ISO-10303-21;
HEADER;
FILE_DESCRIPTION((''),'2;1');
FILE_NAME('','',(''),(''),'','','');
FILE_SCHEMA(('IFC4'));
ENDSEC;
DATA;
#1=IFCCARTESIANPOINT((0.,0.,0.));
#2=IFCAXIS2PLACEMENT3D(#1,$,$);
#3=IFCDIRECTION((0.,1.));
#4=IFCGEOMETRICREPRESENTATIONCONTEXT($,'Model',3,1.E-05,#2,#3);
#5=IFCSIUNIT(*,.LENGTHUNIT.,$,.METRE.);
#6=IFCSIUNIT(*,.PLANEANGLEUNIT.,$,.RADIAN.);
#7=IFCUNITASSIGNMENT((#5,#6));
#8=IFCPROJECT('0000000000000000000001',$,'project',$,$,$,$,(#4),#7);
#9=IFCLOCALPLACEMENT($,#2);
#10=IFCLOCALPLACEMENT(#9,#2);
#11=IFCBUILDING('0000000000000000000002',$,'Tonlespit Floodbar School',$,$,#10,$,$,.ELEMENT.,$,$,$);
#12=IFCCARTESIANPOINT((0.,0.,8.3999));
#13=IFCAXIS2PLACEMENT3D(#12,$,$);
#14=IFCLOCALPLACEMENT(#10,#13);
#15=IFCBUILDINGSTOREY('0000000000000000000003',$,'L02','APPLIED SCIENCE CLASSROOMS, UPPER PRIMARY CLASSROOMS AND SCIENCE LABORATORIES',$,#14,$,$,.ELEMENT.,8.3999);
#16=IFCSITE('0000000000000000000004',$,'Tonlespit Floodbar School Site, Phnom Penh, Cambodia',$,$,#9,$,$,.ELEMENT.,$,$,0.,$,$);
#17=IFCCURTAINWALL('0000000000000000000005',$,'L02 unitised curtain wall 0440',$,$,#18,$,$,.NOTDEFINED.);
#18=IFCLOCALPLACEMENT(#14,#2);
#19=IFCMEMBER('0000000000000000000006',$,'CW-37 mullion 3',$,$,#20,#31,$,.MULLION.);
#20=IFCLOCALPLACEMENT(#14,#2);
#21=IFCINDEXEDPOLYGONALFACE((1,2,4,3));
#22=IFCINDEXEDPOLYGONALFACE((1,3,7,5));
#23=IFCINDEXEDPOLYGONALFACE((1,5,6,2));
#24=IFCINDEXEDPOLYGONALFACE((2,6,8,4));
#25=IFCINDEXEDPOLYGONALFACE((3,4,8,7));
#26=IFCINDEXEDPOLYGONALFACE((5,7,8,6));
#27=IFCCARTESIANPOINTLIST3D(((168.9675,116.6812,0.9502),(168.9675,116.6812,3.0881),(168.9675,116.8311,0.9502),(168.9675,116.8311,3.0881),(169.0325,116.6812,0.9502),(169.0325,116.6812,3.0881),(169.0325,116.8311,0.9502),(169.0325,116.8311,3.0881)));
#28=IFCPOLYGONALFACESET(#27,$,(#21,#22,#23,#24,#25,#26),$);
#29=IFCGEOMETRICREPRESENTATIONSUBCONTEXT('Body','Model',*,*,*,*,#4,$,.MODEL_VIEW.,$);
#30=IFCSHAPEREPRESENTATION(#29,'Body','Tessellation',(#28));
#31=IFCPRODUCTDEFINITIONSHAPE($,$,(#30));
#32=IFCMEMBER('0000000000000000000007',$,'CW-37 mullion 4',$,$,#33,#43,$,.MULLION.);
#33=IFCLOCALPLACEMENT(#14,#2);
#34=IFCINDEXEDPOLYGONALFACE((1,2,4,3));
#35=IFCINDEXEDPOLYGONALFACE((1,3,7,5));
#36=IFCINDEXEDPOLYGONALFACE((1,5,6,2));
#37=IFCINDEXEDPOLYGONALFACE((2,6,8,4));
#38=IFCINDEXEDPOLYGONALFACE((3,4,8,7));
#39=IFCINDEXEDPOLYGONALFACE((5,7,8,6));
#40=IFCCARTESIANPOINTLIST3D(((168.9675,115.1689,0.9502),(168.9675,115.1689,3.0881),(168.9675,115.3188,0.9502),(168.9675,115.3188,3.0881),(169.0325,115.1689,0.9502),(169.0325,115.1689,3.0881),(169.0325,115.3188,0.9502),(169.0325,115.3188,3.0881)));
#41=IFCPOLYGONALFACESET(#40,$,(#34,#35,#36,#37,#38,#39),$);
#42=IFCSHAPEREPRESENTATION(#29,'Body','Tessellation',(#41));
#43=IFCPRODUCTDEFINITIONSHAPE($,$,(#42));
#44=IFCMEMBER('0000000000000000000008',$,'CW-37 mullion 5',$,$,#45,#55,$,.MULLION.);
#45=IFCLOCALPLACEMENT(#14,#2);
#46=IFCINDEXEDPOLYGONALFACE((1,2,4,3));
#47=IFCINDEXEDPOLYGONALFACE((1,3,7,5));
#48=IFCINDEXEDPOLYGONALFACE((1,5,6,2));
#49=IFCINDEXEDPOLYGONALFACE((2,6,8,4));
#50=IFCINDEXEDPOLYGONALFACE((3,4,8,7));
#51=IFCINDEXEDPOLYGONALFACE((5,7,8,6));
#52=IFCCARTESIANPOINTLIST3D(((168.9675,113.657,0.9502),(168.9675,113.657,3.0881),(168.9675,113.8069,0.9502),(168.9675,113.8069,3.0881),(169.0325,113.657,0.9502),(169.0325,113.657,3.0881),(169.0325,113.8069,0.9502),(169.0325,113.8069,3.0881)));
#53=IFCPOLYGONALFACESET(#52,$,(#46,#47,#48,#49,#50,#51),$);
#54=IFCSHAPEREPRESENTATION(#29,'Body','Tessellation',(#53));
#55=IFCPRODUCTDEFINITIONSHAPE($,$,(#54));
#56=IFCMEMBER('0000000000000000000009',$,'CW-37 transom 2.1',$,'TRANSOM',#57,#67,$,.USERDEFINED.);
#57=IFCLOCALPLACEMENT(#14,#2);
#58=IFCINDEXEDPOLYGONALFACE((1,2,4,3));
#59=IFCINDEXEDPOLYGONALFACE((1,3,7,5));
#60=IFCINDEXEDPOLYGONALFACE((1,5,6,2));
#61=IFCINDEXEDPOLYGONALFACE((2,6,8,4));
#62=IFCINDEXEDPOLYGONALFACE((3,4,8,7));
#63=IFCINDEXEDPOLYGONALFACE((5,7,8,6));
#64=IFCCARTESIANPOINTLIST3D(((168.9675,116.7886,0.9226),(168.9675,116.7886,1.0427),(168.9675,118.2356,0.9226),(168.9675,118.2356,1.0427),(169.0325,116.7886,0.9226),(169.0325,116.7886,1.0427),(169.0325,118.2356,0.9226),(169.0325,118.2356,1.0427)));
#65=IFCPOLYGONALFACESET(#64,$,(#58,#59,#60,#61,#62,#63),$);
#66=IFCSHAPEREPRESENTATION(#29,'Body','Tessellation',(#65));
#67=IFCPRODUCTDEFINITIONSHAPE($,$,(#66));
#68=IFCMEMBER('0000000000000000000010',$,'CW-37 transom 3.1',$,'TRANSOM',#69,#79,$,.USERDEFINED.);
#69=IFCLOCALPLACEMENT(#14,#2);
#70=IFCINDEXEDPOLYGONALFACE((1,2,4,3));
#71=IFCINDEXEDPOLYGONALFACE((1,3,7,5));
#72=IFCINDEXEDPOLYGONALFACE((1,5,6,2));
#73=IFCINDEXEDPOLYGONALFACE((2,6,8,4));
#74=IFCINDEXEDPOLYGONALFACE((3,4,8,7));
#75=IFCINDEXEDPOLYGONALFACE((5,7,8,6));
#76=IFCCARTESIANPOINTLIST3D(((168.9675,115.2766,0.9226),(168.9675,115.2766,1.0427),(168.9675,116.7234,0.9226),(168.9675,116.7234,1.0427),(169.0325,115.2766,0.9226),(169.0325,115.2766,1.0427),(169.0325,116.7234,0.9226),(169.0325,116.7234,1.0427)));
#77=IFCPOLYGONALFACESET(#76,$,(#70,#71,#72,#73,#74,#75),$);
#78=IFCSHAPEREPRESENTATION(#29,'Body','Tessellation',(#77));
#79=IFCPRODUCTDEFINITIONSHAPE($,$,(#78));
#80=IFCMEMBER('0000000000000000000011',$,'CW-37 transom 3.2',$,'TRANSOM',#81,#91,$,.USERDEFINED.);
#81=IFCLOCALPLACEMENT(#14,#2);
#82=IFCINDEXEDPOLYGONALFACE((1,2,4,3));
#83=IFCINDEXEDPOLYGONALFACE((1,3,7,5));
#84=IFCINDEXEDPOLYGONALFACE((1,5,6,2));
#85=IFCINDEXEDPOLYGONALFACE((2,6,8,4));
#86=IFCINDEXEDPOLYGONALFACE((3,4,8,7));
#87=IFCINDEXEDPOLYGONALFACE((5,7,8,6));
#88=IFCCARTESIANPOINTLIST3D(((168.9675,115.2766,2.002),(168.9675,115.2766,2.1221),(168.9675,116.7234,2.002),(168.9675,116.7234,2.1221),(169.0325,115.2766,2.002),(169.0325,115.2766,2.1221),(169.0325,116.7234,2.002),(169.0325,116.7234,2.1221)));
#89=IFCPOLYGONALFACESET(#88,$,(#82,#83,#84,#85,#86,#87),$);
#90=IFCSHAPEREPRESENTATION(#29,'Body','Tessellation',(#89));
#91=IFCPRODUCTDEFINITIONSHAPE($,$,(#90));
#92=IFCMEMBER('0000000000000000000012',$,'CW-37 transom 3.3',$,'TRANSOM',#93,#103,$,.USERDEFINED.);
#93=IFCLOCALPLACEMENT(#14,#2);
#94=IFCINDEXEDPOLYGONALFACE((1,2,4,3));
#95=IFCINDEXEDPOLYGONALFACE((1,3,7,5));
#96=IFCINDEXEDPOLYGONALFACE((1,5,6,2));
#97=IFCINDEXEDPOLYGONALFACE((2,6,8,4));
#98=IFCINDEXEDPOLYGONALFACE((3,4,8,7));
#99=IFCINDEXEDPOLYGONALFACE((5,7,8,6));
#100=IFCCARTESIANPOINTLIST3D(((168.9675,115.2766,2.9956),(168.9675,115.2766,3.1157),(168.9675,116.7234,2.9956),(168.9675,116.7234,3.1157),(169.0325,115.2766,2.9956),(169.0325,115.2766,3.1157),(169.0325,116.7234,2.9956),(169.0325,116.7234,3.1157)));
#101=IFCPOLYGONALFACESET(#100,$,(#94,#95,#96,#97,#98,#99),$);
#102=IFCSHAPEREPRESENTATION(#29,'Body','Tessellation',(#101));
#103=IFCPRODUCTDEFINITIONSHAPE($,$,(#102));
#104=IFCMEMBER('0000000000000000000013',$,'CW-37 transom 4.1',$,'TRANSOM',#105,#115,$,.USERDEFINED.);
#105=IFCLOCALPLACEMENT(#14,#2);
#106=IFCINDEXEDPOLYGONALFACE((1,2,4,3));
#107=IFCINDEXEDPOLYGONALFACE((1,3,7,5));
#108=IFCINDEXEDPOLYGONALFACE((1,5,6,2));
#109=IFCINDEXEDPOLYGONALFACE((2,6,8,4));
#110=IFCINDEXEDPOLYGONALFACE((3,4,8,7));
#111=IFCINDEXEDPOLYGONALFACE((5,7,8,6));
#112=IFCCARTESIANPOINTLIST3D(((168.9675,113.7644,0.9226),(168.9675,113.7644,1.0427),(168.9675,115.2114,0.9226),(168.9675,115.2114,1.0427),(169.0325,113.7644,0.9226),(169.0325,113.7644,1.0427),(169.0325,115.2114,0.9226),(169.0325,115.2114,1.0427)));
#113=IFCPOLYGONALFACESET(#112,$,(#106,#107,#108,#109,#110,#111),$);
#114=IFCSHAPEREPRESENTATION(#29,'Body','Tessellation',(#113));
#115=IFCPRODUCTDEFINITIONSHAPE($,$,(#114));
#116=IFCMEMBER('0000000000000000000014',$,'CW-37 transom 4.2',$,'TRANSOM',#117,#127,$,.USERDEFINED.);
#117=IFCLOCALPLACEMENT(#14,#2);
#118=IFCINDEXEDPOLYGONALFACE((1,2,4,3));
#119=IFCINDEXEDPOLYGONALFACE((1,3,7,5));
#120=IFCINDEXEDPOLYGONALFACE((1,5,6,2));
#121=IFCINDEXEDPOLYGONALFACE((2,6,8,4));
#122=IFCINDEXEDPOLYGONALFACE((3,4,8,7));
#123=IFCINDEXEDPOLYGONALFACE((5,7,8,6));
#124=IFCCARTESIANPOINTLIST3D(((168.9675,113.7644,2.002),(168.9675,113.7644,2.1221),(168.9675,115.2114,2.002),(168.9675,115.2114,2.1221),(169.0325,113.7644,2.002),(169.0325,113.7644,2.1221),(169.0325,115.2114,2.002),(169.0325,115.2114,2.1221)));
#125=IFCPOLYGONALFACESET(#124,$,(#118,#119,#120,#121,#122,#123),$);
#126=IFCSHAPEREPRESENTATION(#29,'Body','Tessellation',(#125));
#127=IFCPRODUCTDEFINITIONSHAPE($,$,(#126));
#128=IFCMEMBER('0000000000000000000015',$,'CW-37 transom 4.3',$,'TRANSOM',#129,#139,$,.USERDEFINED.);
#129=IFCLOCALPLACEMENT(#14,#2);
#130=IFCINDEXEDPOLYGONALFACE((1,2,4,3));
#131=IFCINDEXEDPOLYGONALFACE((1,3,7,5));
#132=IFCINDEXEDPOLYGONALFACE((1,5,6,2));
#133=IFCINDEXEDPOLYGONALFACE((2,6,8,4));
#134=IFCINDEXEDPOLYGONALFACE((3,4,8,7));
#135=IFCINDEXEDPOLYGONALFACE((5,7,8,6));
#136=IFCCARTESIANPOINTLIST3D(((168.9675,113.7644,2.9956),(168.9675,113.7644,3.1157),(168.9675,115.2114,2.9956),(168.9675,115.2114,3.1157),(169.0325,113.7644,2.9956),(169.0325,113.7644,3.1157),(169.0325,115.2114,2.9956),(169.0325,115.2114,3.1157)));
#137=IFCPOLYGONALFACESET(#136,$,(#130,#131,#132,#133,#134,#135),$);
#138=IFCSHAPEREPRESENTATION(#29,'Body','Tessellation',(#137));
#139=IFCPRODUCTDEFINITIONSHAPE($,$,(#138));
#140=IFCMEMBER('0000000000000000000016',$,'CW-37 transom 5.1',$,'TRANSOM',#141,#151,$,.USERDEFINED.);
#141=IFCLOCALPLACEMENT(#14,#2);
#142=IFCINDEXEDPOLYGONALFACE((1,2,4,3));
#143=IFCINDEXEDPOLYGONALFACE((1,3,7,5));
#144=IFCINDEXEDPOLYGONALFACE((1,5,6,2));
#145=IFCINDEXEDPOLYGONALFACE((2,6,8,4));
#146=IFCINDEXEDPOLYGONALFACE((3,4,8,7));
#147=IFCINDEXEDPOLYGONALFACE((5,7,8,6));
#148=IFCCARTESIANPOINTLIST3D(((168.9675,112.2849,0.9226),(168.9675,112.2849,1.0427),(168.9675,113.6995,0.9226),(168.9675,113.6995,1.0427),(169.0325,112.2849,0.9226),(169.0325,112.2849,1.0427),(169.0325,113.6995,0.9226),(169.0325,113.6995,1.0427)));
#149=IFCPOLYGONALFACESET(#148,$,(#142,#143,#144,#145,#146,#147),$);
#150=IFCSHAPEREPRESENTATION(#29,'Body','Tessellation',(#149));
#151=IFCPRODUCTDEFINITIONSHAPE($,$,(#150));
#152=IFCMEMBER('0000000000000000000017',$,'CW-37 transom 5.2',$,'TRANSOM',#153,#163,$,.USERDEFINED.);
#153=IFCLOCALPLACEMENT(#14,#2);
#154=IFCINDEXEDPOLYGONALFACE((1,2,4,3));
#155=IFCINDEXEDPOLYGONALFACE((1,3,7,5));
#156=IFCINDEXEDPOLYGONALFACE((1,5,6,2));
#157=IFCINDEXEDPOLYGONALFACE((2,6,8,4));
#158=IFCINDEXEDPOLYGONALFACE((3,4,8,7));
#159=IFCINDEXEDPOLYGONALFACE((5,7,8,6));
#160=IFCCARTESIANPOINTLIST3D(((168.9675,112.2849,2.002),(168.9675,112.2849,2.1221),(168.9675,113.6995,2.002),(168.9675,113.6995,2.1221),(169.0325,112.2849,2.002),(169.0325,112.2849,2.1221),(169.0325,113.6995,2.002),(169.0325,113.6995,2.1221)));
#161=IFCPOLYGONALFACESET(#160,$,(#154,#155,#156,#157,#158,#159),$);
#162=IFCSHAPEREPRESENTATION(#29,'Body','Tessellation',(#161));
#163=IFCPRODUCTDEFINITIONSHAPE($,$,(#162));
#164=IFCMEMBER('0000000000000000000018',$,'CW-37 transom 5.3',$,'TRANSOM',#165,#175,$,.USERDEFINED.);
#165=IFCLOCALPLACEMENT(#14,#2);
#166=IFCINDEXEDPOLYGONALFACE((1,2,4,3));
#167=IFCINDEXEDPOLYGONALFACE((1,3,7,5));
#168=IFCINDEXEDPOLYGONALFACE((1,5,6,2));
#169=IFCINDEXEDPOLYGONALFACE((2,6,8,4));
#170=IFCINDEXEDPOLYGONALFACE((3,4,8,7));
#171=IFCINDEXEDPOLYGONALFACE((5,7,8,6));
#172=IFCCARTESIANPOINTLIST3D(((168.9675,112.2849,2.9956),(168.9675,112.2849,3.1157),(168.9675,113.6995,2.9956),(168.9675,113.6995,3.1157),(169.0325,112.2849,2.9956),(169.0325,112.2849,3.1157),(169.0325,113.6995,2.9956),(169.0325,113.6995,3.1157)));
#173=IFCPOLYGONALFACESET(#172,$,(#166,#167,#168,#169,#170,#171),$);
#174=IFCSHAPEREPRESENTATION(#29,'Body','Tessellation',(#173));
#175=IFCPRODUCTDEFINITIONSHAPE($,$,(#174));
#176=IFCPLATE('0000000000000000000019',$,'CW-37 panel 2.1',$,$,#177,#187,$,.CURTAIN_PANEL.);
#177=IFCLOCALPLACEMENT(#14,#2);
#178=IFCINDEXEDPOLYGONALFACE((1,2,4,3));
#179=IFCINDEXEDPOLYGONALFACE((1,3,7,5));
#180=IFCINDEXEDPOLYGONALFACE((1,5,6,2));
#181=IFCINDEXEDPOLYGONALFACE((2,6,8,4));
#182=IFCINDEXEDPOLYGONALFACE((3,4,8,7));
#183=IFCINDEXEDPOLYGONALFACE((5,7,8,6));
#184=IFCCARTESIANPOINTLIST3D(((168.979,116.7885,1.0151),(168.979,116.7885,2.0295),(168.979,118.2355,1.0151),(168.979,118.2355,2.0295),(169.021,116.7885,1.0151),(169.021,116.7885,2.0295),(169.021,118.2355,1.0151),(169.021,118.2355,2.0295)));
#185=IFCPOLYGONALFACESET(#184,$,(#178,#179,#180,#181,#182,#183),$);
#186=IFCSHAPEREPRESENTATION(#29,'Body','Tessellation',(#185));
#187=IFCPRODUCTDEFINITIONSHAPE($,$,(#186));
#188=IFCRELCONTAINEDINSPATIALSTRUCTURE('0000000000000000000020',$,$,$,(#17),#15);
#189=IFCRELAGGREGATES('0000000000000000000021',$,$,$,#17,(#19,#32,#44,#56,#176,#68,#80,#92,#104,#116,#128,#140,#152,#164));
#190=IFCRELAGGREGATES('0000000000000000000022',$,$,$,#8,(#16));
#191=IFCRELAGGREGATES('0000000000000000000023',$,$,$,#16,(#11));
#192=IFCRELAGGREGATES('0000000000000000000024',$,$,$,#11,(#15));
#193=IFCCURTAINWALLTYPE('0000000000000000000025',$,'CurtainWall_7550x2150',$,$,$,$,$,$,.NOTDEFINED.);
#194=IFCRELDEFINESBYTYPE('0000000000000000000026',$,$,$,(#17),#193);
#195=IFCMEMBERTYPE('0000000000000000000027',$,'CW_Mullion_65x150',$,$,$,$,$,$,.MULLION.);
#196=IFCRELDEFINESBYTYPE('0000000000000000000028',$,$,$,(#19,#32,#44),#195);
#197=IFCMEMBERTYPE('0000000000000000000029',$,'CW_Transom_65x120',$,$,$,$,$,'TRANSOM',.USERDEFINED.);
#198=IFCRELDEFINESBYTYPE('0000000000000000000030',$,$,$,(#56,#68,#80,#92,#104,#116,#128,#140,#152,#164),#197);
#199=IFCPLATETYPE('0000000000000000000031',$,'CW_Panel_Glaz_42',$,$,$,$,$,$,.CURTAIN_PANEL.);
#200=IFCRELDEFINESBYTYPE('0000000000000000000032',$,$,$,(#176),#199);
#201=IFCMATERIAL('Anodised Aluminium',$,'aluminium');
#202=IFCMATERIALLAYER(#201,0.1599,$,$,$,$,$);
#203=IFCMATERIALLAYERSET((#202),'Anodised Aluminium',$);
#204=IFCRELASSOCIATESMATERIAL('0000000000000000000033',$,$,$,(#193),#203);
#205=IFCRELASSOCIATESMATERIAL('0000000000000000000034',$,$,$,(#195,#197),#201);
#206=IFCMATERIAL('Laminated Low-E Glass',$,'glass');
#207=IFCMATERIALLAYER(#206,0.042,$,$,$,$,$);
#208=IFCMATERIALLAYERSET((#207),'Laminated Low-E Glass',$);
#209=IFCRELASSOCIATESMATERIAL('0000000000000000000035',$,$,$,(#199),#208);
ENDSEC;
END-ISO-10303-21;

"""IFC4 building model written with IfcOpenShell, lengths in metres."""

from ifc_helpers import new_model, si_unit, direction, frame, origin, origin_2d, place, context, subcontext, project, spatial, rectangle, extrude, material, layer, layer_set, material_profile, profile_set, type_object, element, aggregate, save


model = new_model("IFC4")

# Units and contexts
model_context = context("Model", 3, precision=1e-05, world=origin(), true_north=direction((0.0, 1.0)))
body_context = subcontext(model_context, "Body", "Model", "MODEL_VIEW")
ifc_project = project(units=[si_unit("LENGTHUNIT", "METRE"), si_unit("PLANEANGLEUNIT", "RADIAN")], contexts=[model_context])

# Site, building, storey
site_placement = place(None, origin())
site = spatial("IfcSite", under=ifc_project, at=site_placement, Name="Tonlespit Floodbar School Site, Phnom Penh, Cambodia", CompositionType="ELEMENT", RefElevation=0.0)
building_placement = place(site_placement, origin())
building = spatial("IfcBuilding", under=site, at=building_placement, Name="Tonlespit Floodbar School", CompositionType="ELEMENT")
storey_placement = place(building_placement, frame((0.0, 0.0, 8.3999)))
storey = spatial("IfcBuildingStorey", under=building, at=storey_placement, Name="L02", Description="APPLIED SCIENCE CLASSROOMS, UPPER PRIMARY CLASSROOMS AND SCIENCE LABORATORIES", CompositionType="ELEMENT", Elevation=8.3999)

# Curtain wall, members, plate
ifc_material_1 = material(Name="Anodised Aluminium", Category="aluminium")
ifc_layer_1 = layer(ifc_material_1, 0.1599)
ifc_layer_set_1 = layer_set([ifc_layer_1], Name="Anodised Aluminium")
curtain_wall_type = type_object("IfcCurtainWallType", Name="CurtainWall_7550x2150", PredefinedType="NOTDEFINED", material=ifc_layer_set_1)
curtain_wall_placement = place(storey_placement, origin())
curtain_wall = element("IfcCurtainWall", 1, at=curtain_wall_placement, inside=storey, type_object=curtain_wall_type, Name="L02 unitised curtain wall 0440", PredefinedType="NOTDEFINED")
ifc_material_profile_1 = material_profile(ifc_material_1, rectangle(XDim=0.0649, YDim=0.1499, at=origin_2d()), Name="ALU M65x150")
ifc_profile_set_1 = profile_set([ifc_material_profile_1], Name="Anodised Aluminium")
member_type_1 = type_object("IfcMemberType", Name="CW_Mullion_65x150", PredefinedType="MULLION", material=ifc_profile_set_1)
member_1_placement = place(storey_placement, frame((169.0, 116.7561, 0.9502), z_axis=(0.0, 0.0, 1.0), x_axis=(1.0, 0.0, 0.0)))
member_1 = element("IfcMember", 2, at=member_1_placement, type_object=member_type_1, Name="CW-37 mullion 3", PredefinedType="MULLION", context=body_context, shape_type="SweptSolid", body=[
    extrude(rectangle(XDim=0.0649, YDim=0.1499, at=origin_2d()), origin(), (0.0, 0.0, 1.0), 2.1379),
])
member_2_placement = place(storey_placement, frame((169.0, 115.2439, 0.9502), z_axis=(0.0, 0.0, 1.0), x_axis=(1.0, 0.0, 0.0)))
member_2 = element("IfcMember", 3, at=member_2_placement, type_object=member_type_1, Name="CW-37 mullion 4", PredefinedType="MULLION", context=body_context, shape_type="SweptSolid", body=[
    extrude(rectangle(XDim=0.0649, YDim=0.1499, at=origin_2d()), origin(), (0.0, 0.0, 1.0), 2.1379),
])
member_3_placement = place(storey_placement, frame((169.0, 113.7319, 0.9502), z_axis=(0.0, 0.0, 1.0), x_axis=(1.0, 0.0, 0.0)))
member_3 = element("IfcMember", 4, at=member_3_placement, type_object=member_type_1, Name="CW-37 mullion 5", PredefinedType="MULLION", context=body_context, shape_type="SweptSolid", body=[
    extrude(rectangle(XDim=0.0649, YDim=0.1499, at=origin_2d()), origin(), (0.0, 0.0, 1.0), 2.1379),
])
ifc_material_profile_2 = material_profile(ifc_material_1, rectangle(XDim=0.0649, YDim=0.1201, at=origin_2d()), Name="ALU T65x120")
ifc_profile_set_2 = profile_set([ifc_material_profile_2], Name="Anodised Aluminium")
member_type_2 = type_object("IfcMemberType", Name="CW_Transom_65x120", ElementType="TRANSOM", PredefinedType="USERDEFINED", material=ifc_profile_set_2)
member_4_placement = place(storey_placement, frame((169.0, 118.2356, 0.9827), z_axis=(0.0, -1.0, 0.0), x_axis=(1.0, 0.0, 0.0)))
member_4 = element("IfcMember", 5, at=member_4_placement, type_object=member_type_2, Name="CW-37 transom 2.1", ObjectType="TRANSOM", PredefinedType="USERDEFINED", context=body_context, shape_type="SweptSolid", body=[
    extrude(rectangle(XDim=0.0649, YDim=0.1201, at=origin_2d()), origin(), (0.0, 0.0, 1.0), 1.447),
])
member_5_placement = place(storey_placement, frame((169.0, 116.7234, 0.9827), z_axis=(0.0, -1.0, 0.0), x_axis=(1.0, 0.0, 0.0)))
member_5 = element("IfcMember", 6, at=member_5_placement, type_object=member_type_2, Name="CW-37 transom 3.1", ObjectType="TRANSOM", PredefinedType="USERDEFINED", context=body_context, shape_type="SweptSolid", body=[
    extrude(rectangle(XDim=0.0649, YDim=0.1201, at=origin_2d()), origin(), (0.0, 0.0, 1.0), 1.4468),
])
member_6_placement = place(storey_placement, frame((169.0, 116.7234, 2.062), z_axis=(0.0, -1.0, 0.0), x_axis=(1.0, 0.0, 0.0)))
member_6 = element("IfcMember", 7, at=member_6_placement, type_object=member_type_2, Name="CW-37 transom 3.2", ObjectType="TRANSOM", PredefinedType="USERDEFINED", context=body_context, shape_type="SweptSolid", body=[
    extrude(rectangle(XDim=0.0649, YDim=0.1201, at=origin_2d()), origin(), (0.0, 0.0, 1.0), 1.4468),
])
member_7_placement = place(storey_placement, frame((169.0, 116.7234, 3.0557), z_axis=(0.0, -1.0, 0.0), x_axis=(1.0, 0.0, 0.0)))
member_7 = element("IfcMember", 8, at=member_7_placement, type_object=member_type_2, Name="CW-37 transom 3.3", ObjectType="TRANSOM", PredefinedType="USERDEFINED", context=body_context, shape_type="SweptSolid", body=[
    extrude(rectangle(XDim=0.0649, YDim=0.1201, at=origin_2d()), origin(), (0.0, 0.0, 1.0), 1.4468),
])
member_8_placement = place(storey_placement, frame((169.0, 115.2114, 0.9827), z_axis=(0.0, -1.0, 0.0), x_axis=(1.0, 0.0, 0.0)))
member_8 = element("IfcMember", 9, at=member_8_placement, type_object=member_type_2, Name="CW-37 transom 4.1", ObjectType="TRANSOM", PredefinedType="USERDEFINED", context=body_context, shape_type="SweptSolid", body=[
    extrude(rectangle(XDim=0.0649, YDim=0.1201, at=origin_2d()), origin(), (0.0, 0.0, 1.0), 1.447),
])
member_9_placement = place(storey_placement, frame((169.0, 115.2114, 2.062), z_axis=(0.0, -1.0, 0.0), x_axis=(1.0, 0.0, 0.0)))
member_9 = element("IfcMember", 10, at=member_9_placement, type_object=member_type_2, Name="CW-37 transom 4.2", ObjectType="TRANSOM", PredefinedType="USERDEFINED", context=body_context, shape_type="SweptSolid", body=[
    extrude(rectangle(XDim=0.0649, YDim=0.1201, at=origin_2d()), origin(), (0.0, 0.0, 1.0), 1.447),
])
member_10_placement = place(storey_placement, frame((169.0, 115.2114, 3.0557), z_axis=(0.0, -1.0, 0.0), x_axis=(1.0, 0.0, 0.0)))
member_10 = element("IfcMember", 11, at=member_10_placement, type_object=member_type_2, Name="CW-37 transom 4.3", ObjectType="TRANSOM", PredefinedType="USERDEFINED", context=body_context, shape_type="SweptSolid", body=[
    extrude(rectangle(XDim=0.0649, YDim=0.1201, at=origin_2d()), origin(), (0.0, 0.0, 1.0), 1.447),
])
member_11_placement = place(storey_placement, frame((169.0, 113.6995, 0.9827), z_axis=(0.0, -1.0, 0.0), x_axis=(1.0, 0.0, 0.0)))
member_11 = element("IfcMember", 12, at=member_11_placement, type_object=member_type_2, Name="CW-37 transom 5.1", ObjectType="TRANSOM", PredefinedType="USERDEFINED", context=body_context, shape_type="SweptSolid", body=[
    extrude(rectangle(XDim=0.0649, YDim=0.1201, at=origin_2d()), origin(), (0.0, 0.0, 1.0), 1.4146),
])
member_12_placement = place(storey_placement, frame((169.0, 113.6995, 2.062), z_axis=(0.0, -1.0, 0.0), x_axis=(1.0, 0.0, 0.0)))
member_12 = element("IfcMember", 13, at=member_12_placement, type_object=member_type_2, Name="CW-37 transom 5.2", ObjectType="TRANSOM", PredefinedType="USERDEFINED", context=body_context, shape_type="SweptSolid", body=[
    extrude(rectangle(XDim=0.0649, YDim=0.1201, at=origin_2d()), origin(), (0.0, 0.0, 1.0), 1.4146),
])
member_13_placement = place(storey_placement, frame((169.0, 113.6995, 3.0557), z_axis=(0.0, -1.0, 0.0), x_axis=(1.0, 0.0, 0.0)))
member_13 = element("IfcMember", 14, at=member_13_placement, type_object=member_type_2, Name="CW-37 transom 5.3", ObjectType="TRANSOM", PredefinedType="USERDEFINED", context=body_context, shape_type="SweptSolid", body=[
    extrude(rectangle(XDim=0.0649, YDim=0.1201, at=origin_2d()), origin(), (0.0, 0.0, 1.0), 1.4146),
])
ifc_material_2 = material(Name="Laminated Low-E Glass", Category="glass")
ifc_layer_2 = layer(ifc_material_2, 0.042)
ifc_layer_set_2 = layer_set([ifc_layer_2], Name="Laminated Low-E Glass")
plate_type = type_object("IfcPlateType", Name="CW_Panel_Glaz_42", PredefinedType="CURTAIN_PANEL", material=ifc_layer_set_2)
plate_1_placement = place(storey_placement, frame((169.0, 117.512, 1.0151), z_axis=(0.0, 0.0, 1.0), x_axis=(0.0, -1.0, 0.0)))
plate_1 = element("IfcPlate", 15, at=plate_1_placement, type_object=plate_type, Name="CW-37 panel 2.1", PredefinedType="CURTAIN_PANEL", context=body_context, shape_type="SweptSolid", body=[
    extrude(rectangle(XDim=1.447, YDim=0.042, at=origin_2d()), origin(), (0.0, 0.0, 1.0), 1.0144),
])
aggregate(curtain_wall, [member_1, member_2, member_3, member_4, plate_1, member_5, member_6, member_7, member_8, member_9, member_10, member_11, member_12, member_13])

save(model, "model.ifc")
